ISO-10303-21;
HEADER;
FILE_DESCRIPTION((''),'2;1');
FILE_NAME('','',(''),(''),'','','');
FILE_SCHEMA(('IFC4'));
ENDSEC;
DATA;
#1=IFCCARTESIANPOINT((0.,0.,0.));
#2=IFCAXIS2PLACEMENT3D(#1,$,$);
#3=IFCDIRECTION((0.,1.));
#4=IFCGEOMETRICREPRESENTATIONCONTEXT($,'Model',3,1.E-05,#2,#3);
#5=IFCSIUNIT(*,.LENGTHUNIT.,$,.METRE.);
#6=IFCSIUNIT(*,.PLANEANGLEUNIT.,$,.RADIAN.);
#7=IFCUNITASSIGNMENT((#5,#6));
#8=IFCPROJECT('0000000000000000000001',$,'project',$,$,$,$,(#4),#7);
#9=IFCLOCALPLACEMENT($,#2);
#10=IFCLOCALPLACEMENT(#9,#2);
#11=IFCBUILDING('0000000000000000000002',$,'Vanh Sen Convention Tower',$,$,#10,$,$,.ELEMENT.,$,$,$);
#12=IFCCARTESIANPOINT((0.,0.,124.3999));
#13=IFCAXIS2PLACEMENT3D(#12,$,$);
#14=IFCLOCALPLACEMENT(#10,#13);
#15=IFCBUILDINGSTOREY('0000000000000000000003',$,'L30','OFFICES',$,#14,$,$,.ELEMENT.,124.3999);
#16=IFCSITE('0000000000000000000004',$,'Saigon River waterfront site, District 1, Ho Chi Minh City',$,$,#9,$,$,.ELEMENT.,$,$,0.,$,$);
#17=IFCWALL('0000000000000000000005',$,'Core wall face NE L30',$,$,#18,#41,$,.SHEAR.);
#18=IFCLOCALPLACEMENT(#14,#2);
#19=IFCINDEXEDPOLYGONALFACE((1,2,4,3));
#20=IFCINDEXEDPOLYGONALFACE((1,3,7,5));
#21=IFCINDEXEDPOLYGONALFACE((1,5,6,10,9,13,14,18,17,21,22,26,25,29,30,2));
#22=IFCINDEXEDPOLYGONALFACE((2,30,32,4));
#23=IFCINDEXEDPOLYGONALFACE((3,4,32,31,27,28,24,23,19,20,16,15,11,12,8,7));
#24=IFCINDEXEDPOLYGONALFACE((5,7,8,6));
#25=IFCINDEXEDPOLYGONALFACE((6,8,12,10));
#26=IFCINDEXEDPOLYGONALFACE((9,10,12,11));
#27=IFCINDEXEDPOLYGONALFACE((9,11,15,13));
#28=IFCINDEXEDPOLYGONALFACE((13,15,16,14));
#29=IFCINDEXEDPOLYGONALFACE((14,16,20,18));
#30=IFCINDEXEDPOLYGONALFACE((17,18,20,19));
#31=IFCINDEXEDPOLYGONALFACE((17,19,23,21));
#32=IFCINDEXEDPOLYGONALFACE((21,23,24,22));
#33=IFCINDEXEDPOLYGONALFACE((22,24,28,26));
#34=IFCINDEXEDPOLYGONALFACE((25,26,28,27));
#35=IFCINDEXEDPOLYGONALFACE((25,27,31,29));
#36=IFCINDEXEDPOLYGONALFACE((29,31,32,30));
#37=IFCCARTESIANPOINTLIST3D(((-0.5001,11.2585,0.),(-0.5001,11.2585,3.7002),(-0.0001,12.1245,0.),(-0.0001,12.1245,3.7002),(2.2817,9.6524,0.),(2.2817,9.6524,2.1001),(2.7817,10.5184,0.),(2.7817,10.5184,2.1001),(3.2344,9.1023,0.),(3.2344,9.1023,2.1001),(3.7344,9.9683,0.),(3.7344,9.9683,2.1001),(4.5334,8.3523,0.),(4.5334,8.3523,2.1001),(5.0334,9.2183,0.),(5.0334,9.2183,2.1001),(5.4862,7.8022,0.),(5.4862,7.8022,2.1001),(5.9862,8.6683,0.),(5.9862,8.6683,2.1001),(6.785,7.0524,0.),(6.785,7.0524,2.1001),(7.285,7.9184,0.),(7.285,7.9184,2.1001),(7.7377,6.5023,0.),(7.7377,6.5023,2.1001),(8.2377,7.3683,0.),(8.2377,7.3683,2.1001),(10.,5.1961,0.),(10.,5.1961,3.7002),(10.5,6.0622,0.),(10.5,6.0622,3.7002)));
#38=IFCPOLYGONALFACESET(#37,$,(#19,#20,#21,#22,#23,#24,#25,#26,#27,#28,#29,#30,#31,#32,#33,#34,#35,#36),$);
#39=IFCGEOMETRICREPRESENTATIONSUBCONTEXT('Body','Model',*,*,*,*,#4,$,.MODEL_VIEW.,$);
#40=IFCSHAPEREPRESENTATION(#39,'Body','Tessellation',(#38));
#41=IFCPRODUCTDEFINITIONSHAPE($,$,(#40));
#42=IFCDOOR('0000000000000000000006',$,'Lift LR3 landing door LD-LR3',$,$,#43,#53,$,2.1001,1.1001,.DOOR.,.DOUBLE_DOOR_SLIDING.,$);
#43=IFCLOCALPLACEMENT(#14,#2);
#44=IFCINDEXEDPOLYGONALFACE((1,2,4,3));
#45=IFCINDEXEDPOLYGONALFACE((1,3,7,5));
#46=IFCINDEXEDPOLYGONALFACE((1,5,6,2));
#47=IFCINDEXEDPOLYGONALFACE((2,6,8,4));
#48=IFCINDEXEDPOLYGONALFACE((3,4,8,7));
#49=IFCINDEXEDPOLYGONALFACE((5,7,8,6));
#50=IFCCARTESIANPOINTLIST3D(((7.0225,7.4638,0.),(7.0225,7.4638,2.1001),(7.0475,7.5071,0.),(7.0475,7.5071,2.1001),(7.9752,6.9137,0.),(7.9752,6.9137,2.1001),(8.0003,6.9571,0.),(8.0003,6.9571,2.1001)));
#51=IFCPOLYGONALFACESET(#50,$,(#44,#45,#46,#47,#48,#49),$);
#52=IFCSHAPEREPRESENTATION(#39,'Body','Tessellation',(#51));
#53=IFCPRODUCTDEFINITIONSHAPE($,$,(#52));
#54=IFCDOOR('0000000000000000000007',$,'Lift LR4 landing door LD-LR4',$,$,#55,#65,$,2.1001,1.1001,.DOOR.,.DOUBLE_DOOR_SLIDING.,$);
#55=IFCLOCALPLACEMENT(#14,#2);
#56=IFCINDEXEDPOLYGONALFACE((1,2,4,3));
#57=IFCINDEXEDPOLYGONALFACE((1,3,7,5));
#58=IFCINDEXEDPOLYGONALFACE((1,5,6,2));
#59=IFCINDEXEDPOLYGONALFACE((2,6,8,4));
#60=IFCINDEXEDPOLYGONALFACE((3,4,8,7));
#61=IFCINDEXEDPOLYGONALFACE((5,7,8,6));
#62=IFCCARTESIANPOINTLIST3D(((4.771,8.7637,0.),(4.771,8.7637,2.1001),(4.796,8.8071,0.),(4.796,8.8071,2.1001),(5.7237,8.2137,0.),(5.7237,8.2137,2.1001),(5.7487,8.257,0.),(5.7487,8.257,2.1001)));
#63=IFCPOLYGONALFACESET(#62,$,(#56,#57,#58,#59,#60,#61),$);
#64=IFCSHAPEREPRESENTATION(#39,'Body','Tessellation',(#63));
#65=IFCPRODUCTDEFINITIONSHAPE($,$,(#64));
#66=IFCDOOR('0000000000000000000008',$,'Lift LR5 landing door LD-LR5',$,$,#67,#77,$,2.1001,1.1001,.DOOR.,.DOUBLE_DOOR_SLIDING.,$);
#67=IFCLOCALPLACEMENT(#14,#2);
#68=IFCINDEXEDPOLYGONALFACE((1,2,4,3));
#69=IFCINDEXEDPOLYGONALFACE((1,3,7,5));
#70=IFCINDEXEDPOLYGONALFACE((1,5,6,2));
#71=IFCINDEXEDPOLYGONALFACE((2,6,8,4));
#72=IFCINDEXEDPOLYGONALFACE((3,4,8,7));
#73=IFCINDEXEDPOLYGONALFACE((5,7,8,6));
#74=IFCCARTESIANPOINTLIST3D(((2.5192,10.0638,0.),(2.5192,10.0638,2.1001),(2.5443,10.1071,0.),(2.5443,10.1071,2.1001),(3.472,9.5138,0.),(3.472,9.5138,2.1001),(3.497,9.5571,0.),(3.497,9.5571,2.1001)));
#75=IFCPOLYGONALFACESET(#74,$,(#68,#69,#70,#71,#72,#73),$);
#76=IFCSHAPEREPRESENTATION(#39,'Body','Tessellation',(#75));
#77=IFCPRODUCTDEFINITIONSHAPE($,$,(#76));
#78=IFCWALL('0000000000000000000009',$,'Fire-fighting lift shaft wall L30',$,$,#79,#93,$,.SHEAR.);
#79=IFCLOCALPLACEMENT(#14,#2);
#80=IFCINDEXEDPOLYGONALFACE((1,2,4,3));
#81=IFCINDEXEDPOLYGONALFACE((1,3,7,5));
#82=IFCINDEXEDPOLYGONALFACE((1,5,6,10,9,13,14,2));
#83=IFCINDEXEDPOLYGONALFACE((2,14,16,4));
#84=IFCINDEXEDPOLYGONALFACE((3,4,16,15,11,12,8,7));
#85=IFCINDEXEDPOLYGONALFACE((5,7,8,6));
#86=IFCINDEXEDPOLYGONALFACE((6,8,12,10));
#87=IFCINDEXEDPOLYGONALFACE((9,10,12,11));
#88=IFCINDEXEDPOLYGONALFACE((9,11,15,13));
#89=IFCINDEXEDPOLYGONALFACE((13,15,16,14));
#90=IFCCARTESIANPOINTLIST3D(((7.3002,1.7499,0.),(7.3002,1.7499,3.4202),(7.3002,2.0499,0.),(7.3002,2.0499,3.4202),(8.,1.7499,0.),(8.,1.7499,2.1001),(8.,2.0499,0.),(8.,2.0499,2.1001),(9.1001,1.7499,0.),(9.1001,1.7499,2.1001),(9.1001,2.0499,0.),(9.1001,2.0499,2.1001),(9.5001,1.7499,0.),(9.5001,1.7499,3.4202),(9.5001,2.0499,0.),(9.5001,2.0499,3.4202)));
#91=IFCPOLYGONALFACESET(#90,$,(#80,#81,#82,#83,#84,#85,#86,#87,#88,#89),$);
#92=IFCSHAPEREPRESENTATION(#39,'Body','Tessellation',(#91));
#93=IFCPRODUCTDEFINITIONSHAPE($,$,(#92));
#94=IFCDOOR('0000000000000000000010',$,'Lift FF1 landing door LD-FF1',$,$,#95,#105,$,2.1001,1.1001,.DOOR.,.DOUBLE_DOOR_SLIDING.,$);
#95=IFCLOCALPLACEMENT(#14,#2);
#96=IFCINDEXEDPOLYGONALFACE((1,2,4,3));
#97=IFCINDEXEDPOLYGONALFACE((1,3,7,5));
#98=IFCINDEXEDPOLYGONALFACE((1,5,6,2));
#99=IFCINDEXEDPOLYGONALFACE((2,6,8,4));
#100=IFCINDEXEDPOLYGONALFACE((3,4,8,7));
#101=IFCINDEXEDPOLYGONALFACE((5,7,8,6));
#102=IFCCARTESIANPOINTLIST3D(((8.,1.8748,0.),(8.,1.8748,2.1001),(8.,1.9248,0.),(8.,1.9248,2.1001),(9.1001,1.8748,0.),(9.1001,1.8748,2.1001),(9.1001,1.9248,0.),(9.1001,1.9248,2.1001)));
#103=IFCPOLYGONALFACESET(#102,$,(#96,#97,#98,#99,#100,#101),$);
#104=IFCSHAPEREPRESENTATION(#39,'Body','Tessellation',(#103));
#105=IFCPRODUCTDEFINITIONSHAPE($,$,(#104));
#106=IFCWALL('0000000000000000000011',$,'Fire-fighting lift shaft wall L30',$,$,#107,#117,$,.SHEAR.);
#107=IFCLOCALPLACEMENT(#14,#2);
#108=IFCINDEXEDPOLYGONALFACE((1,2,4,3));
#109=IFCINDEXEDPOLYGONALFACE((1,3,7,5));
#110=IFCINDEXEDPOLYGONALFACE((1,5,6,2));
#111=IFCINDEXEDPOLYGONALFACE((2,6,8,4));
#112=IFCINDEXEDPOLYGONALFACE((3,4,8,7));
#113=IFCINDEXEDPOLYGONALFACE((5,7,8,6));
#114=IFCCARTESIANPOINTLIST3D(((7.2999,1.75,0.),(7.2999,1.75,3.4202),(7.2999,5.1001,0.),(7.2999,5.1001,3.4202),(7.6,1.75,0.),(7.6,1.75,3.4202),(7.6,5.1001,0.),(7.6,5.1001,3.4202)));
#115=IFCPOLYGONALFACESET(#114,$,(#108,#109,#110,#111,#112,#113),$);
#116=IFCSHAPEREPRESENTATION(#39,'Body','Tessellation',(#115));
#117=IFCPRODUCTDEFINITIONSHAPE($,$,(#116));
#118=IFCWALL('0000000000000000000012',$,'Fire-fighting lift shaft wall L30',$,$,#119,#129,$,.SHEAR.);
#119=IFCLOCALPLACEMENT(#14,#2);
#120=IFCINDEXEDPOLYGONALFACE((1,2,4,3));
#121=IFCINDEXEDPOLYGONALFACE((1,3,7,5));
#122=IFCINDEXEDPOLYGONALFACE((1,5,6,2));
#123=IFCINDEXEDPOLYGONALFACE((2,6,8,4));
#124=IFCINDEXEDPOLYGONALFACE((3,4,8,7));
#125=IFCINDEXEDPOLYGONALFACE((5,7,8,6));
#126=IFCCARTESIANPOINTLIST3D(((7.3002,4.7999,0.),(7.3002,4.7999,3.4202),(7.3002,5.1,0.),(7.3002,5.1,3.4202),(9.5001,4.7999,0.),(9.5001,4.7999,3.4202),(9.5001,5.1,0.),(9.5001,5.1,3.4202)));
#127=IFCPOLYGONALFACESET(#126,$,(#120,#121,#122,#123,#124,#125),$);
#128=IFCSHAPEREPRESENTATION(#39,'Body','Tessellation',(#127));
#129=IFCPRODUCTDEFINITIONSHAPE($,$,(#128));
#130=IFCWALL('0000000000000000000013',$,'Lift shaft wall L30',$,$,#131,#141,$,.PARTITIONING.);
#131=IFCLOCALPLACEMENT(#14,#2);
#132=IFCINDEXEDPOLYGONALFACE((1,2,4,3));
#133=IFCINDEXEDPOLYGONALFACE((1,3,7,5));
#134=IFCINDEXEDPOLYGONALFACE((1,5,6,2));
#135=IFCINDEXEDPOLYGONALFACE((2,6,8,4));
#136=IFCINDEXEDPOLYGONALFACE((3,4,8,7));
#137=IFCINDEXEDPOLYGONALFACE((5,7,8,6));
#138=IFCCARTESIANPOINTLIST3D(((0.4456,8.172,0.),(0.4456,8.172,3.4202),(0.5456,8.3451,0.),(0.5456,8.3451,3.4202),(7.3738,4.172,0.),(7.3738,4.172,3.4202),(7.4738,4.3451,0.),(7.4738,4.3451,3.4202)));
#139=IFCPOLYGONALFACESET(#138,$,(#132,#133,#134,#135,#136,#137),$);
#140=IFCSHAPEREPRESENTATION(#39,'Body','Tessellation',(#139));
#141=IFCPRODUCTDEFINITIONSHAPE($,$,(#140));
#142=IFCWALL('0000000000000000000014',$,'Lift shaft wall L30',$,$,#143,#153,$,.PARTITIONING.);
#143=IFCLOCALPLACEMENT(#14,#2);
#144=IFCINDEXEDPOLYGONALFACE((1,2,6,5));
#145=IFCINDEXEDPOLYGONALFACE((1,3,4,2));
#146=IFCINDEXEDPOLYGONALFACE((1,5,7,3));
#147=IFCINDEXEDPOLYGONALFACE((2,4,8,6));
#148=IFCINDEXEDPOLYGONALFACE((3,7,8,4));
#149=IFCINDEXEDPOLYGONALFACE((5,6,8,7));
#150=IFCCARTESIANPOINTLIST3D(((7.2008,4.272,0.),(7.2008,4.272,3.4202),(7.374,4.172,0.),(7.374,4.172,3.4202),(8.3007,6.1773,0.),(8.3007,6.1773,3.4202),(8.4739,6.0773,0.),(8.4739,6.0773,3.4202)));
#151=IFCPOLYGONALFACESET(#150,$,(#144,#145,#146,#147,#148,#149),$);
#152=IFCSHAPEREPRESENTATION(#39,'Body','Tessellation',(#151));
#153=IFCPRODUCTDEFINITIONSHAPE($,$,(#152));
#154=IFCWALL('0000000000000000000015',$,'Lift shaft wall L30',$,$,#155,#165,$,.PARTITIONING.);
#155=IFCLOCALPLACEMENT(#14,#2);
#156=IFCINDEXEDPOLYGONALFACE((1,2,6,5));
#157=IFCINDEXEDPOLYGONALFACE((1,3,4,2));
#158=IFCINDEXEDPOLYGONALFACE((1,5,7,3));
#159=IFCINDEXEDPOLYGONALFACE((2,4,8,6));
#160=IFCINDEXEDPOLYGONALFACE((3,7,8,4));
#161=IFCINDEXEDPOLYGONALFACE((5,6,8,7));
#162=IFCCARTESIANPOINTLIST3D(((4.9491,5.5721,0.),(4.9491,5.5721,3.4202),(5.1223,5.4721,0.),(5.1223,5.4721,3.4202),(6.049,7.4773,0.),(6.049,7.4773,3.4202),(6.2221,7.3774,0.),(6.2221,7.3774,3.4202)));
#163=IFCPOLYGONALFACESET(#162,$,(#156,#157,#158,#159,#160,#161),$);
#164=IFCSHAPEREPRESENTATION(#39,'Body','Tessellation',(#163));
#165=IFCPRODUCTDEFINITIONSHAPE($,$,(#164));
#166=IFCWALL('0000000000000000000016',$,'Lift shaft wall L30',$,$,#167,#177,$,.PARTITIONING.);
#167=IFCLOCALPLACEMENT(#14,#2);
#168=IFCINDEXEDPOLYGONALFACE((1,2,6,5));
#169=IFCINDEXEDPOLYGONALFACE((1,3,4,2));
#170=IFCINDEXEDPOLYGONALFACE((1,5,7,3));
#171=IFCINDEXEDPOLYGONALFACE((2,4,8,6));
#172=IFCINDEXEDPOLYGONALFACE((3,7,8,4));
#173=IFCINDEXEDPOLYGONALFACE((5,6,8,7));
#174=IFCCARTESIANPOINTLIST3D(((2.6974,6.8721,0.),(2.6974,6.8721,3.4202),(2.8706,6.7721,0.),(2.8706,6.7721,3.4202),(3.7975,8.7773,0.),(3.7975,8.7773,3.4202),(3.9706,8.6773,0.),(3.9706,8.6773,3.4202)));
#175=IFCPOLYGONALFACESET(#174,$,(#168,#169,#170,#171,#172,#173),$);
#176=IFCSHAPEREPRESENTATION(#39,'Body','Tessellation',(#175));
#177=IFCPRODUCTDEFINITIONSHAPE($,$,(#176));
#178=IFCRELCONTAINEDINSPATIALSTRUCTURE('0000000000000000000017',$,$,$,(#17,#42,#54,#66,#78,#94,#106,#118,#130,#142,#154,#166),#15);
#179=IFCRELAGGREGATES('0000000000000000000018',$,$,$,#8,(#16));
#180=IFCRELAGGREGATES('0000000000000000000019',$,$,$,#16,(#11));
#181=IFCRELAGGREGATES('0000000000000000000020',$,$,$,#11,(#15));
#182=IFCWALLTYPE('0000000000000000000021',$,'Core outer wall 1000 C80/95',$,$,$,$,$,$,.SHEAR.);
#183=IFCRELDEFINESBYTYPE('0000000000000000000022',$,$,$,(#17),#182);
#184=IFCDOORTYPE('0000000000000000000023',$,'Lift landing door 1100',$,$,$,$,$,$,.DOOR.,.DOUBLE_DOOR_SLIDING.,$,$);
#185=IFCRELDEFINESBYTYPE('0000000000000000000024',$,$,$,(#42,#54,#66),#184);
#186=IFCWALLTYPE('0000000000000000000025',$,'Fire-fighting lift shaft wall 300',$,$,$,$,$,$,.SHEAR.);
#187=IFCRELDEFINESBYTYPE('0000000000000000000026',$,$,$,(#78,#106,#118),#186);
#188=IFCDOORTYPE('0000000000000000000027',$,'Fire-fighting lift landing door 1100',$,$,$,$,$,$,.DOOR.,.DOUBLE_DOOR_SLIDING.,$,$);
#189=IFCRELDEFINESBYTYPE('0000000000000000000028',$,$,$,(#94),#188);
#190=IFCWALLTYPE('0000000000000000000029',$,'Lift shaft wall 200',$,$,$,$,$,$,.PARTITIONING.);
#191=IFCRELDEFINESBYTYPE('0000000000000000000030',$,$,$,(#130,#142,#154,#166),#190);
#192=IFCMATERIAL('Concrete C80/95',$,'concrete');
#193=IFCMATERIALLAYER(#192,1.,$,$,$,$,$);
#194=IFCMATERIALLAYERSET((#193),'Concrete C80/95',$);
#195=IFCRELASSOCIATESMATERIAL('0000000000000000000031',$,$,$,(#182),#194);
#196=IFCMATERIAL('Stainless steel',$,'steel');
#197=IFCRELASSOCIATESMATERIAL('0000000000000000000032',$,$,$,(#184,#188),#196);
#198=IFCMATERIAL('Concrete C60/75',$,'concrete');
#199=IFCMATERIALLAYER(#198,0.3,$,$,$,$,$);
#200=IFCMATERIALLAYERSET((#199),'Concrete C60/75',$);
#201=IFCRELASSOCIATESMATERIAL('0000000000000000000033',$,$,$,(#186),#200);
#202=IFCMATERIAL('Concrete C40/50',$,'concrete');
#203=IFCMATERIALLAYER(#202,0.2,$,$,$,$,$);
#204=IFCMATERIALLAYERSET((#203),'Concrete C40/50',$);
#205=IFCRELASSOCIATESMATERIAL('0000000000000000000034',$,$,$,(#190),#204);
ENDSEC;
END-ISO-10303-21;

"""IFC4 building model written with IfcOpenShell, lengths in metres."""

from ifc_helpers import new_model, si_unit, direction, frame, frame_2d, origin, place, context, subcontext, project, spatial, rectangle, extrude, material, layer, layer_set, type_object, element, fill, save


model = new_model("IFC4")

# Units and contexts
model_context = context("Model", 3, precision=1e-05, world=origin(), true_north=direction((0.0, 1.0)))
body_context = subcontext(model_context, "Body", "Model", "MODEL_VIEW")
ifc_project = project(units=[si_unit("LENGTHUNIT", "METRE"), si_unit("PLANEANGLEUNIT", "RADIAN")], contexts=[model_context])

# Site, building, storey
site_placement = place(None, origin())
site = spatial("IfcSite", under=ifc_project, at=site_placement, Name="Saigon River waterfront site, District 1, Ho Chi Minh City", CompositionType="ELEMENT", RefElevation=0.0)
building_placement = place(site_placement, origin())
building = spatial("IfcBuilding", under=site, at=building_placement, Name="Vanh Sen Convention Tower", CompositionType="ELEMENT")
storey_placement = place(building_placement, frame((0.0, 0.0, 124.3999)))
storey = spatial("IfcBuildingStorey", under=building, at=storey_placement, Name="L30", Description="OFFICES", CompositionType="ELEMENT", Elevation=124.3999)

# Wall, openings, doors
ifc_material_1 = material(Name="Concrete C80/95", Category="concrete")
ifc_layer_1 = layer(ifc_material_1, 1.0)
ifc_layer_set_1 = layer_set([ifc_layer_1], Name="Concrete C80/95")
wall_type_1 = type_object("IfcWallType", Name="Core outer wall 1000 C80/95", PredefinedType="SHEAR", material=ifc_layer_set_1)
wall_1_placement = place(storey_placement, frame((10.25, 5.6292, 0.0), z_axis=(0.0, 0.0, 1.0), x_axis=(-0.866023, 0.500005, 0.0)))
wall_1 = element("IfcWall", 1, at=wall_1_placement, inside=storey, type_object=wall_type_1, Name="Core wall face NE L30", PredefinedType="SHEAR", context=body_context, shape_type="SweptSolid", body=[
    extrude(rectangle(XDim=12.1245, YDim=1.0, at=frame_2d((6.0623, 0.0))), origin(), (0.0, 0.0, 1.0), 3.7002),
])
opening_1_placement = place(wall_1_placement, frame((2.6123, 0.0, 0.0)))
opening_1 = element("IfcOpeningElement", 2, at=opening_1_placement, cuts=wall_1, PredefinedType="OPENING", context=body_context, shape_type="SweptSolid", body=[
    extrude(rectangle(XDim=1.1001, YDim=2.1001, at=frame_2d((0.55, 1.05))), frame((0.0, 0.51, 0.0), z_axis=(0.0, -1.0, 0.0), x_axis=(1.0, 0.0, 0.0)), (0.0, 0.0, 1.0), 1.02),
])
opening_2_placement = place(wall_1_placement, frame((5.2122, 0.0, 0.0)))
opening_2 = element("IfcOpeningElement", 3, at=opening_2_placement, cuts=wall_1, PredefinedType="OPENING", context=body_context, shape_type="SweptSolid", body=[
    extrude(rectangle(XDim=1.1001, YDim=2.1001, at=frame_2d((0.55, 1.05))), frame((0.0, 0.51, 0.0), z_axis=(0.0, -1.0, 0.0), x_axis=(1.0, 0.0, 0.0)), (0.0, 0.0, 1.0), 1.02),
])
opening_3_placement = place(wall_1_placement, frame((7.8123, 0.0, 0.0)))
opening_3 = element("IfcOpeningElement", 4, at=opening_3_placement, cuts=wall_1, PredefinedType="OPENING", context=body_context, shape_type="SweptSolid", body=[
    extrude(rectangle(XDim=1.1001, YDim=2.1001, at=frame_2d((0.55, 1.05))), frame((0.0, 0.51, 0.0), z_axis=(0.0, -1.0, 0.0), x_axis=(1.0, 0.0, 0.0)), (0.0, 0.0, 1.0), 1.02),
])
ifc_material_2 = material(Name="Stainless steel", Category="steel")
door_type_1 = type_object("IfcDoorType", Name="Lift landing door 1100", OperationType="DOUBLE_DOOR_SLIDING", PredefinedType="DOOR", material=ifc_material_2)
door_1_placement = place(opening_1_placement, origin())
door_1 = element("IfcDoor", 5, at=door_1_placement, inside=storey, type_object=door_type_1, Name="Lift LR3 landing door LD-LR3", OperationType="DOUBLE_DOOR_SLIDING", OverallHeight=2.1001, OverallWidth=1.1001, PredefinedType="DOOR", context=body_context, shape_type="SweptSolid", body=[
    extrude(rectangle(XDim=1.1001, YDim=2.1001, at=frame_2d((0.55, 1.05))), frame((0.0, 0.0249, 0.0), z_axis=(0.0, -1.0, 0.0), x_axis=(1.0, 0.0, 0.0)), (0.0, 0.0, 1.0), 0.05),
])
fill(opening_1, door_1)
door_2_placement = place(opening_2_placement, origin())
door_2 = element("IfcDoor", 6, at=door_2_placement, inside=storey, type_object=door_type_1, Name="Lift LR4 landing door LD-LR4", OperationType="DOUBLE_DOOR_SLIDING", OverallHeight=2.1001, OverallWidth=1.1001, PredefinedType="DOOR", context=body_context, shape_type="SweptSolid", body=[
    extrude(rectangle(XDim=1.1001, YDim=2.1001, at=frame_2d((0.55, 1.05))), frame((0.0, 0.0249, 0.0), z_axis=(0.0, -1.0, 0.0), x_axis=(1.0, 0.0, 0.0)), (0.0, 0.0, 1.0), 0.05),
])
fill(opening_2, door_2)
door_3_placement = place(opening_3_placement, origin())
door_3 = element("IfcDoor", 7, at=door_3_placement, inside=storey, type_object=door_type_1, Name="Lift LR5 landing door LD-LR5", OperationType="DOUBLE_DOOR_SLIDING", OverallHeight=2.1001, OverallWidth=1.1001, PredefinedType="DOOR", context=body_context, shape_type="SweptSolid", body=[
    extrude(rectangle(XDim=1.1001, YDim=2.1001, at=frame_2d((0.55, 1.05))), frame((0.0, 0.0249, 0.0), z_axis=(0.0, -1.0, 0.0), x_axis=(1.0, 0.0, 0.0)), (0.0, 0.0, 1.0), 0.05),
])
fill(opening_3, door_3)

# Wall, opening, door
ifc_material_3 = material(Name="Concrete C60/75", Category="concrete")
ifc_layer_2 = layer(ifc_material_3, 0.3)
ifc_layer_set_2 = layer_set([ifc_layer_2], Name="Concrete C60/75")
wall_type_2 = type_object("IfcWallType", Name="Fire-fighting lift shaft wall 300", PredefinedType="SHEAR", material=ifc_layer_set_2)
wall_2_placement = place(storey_placement, frame((7.3, 1.8999, 0.0), z_axis=(0.0, 0.0, 1.0), x_axis=(1.0, 0.0, 0.0)))
wall_2 = element("IfcWall", 8, at=wall_2_placement, inside=storey, type_object=wall_type_2, Name="Fire-fighting lift shaft wall L30", PredefinedType="SHEAR", context=body_context, shape_type="SweptSolid", body=[
    extrude(rectangle(XDim=2.2, YDim=0.3, at=frame_2d((1.1001, 0.0))), origin(), (0.0, 0.0, 1.0), 3.4202),
])
opening_4_placement = place(wall_2_placement, frame((0.7, 0.0, 0.0)))
opening_4 = element("IfcOpeningElement", 9, at=opening_4_placement, cuts=wall_2, PredefinedType="OPENING", context=body_context, shape_type="SweptSolid", body=[
    extrude(rectangle(XDim=1.1001, YDim=2.1001, at=frame_2d((0.55, 1.05))), frame((0.0, 0.1599, 0.0), z_axis=(0.0, -1.0, 0.0), x_axis=(1.0, 0.0, 0.0)), (0.0, 0.0, 1.0), 0.3201),
])
door_type_2 = type_object("IfcDoorType", Name="Fire-fighting lift landing door 1100", OperationType="DOUBLE_DOOR_SLIDING", PredefinedType="DOOR", material=ifc_material_2)
door_4_placement = place(opening_4_placement, origin())
door_4 = element("IfcDoor", 10, at=door_4_placement, inside=storey, type_object=door_type_2, Name="Lift FF1 landing door LD-FF1", OperationType="DOUBLE_DOOR_SLIDING", OverallHeight=2.1001, OverallWidth=1.1001, PredefinedType="DOOR", context=body_context, shape_type="SweptSolid", body=[
    extrude(rectangle(XDim=1.1001, YDim=2.1001, at=frame_2d((0.55, 1.05))), frame((0.0, 0.0249, 0.0), z_axis=(0.0, -1.0, 0.0), x_axis=(1.0, 0.0, 0.0)), (0.0, 0.0, 1.0), 0.05),
])
fill(opening_4, door_4)

# Walls
wall_3_placement = place(storey_placement, frame((7.45, 1.75, 0.0), z_axis=(0.0, 0.0, 1.0), x_axis=(0.0, 1.0, 0.0)))
element("IfcWall", 11, at=wall_3_placement, inside=storey, type_object=wall_type_2, Name="Fire-fighting lift shaft wall L30", PredefinedType="SHEAR", context=body_context, shape_type="SweptSolid", body=[
    extrude(rectangle(XDim=3.3501, YDim=0.3, at=frame_2d((1.675, 0.0))), origin(), (0.0, 0.0, 1.0), 3.4202),
])
wall_4_placement = place(storey_placement, frame((7.3, 4.95, 0.0), z_axis=(0.0, 0.0, 1.0), x_axis=(1.0, 0.0, 0.0)))
element("IfcWall", 12, at=wall_4_placement, inside=storey, type_object=wall_type_2, Name="Fire-fighting lift shaft wall L30", PredefinedType="SHEAR", context=body_context, shape_type="SweptSolid", body=[
    extrude(rectangle(XDim=2.2, YDim=0.3, at=frame_2d((1.1001, 0.0))), origin(), (0.0, 0.0, 1.0), 3.4202),
])
ifc_material_4 = material(Name="Concrete C40/50", Category="concrete")
ifc_layer_3 = layer(ifc_material_4, 0.2)
ifc_layer_set_3 = layer_set([ifc_layer_3], Name="Concrete C40/50")
wall_type_3 = type_object("IfcWallType", Name="Lift shaft wall 200", PredefinedType="PARTITIONING", material=ifc_layer_set_3)
wall_5_placement = place(storey_placement, frame((7.4238, 4.2585, 0.0), z_axis=(0.0, 0.0, 1.0), x_axis=(-0.866026, 0.499999, 0.0)))
element("IfcWall", 13, at=wall_5_placement, inside=storey, type_object=wall_type_3, Name="Lift shaft wall L30", PredefinedType="PARTITIONING", context=body_context, shape_type="SweptSolid", body=[
    extrude(rectangle(XDim=8.0, YDim=0.2, at=frame_2d((4.0, 0.0))), origin(), (0.0, 0.0, 1.0), 3.4202),
])
for number, where, z_axis, x_axis, name in (
    (14, (7.2874, 4.2219, 0.0), (0.0, 0.0, 1.0), (0.499947, 0.866056, 0.0), "Lift shaft wall L30"),
    (15, (5.0356, 5.522, 0.0), (0.0, 0.0, 1.0), (0.499947, 0.866056, 0.0), "Lift shaft wall L30"),
    (16, (2.7839, 6.822, 0.0), (0.0, 0.0, 1.0), (0.50003, 0.866008, 0.0), "Lift shaft wall L30"),
):
    element("IfcWall", number, at=place(storey_placement, frame(where, z_axis=z_axis, x_axis=x_axis)), inside=storey, type_object=wall_type_3, Name=name, PredefinedType="PARTITIONING", context=body_context, shape_type="SweptSolid", body=[
        extrude(rectangle(XDim=2.2, YDim=0.2, at=frame_2d((1.1001, 0.0))), origin(), (0.0, 0.0, 1.0), 3.4202),
    ])

save(model, "model.ifc")
